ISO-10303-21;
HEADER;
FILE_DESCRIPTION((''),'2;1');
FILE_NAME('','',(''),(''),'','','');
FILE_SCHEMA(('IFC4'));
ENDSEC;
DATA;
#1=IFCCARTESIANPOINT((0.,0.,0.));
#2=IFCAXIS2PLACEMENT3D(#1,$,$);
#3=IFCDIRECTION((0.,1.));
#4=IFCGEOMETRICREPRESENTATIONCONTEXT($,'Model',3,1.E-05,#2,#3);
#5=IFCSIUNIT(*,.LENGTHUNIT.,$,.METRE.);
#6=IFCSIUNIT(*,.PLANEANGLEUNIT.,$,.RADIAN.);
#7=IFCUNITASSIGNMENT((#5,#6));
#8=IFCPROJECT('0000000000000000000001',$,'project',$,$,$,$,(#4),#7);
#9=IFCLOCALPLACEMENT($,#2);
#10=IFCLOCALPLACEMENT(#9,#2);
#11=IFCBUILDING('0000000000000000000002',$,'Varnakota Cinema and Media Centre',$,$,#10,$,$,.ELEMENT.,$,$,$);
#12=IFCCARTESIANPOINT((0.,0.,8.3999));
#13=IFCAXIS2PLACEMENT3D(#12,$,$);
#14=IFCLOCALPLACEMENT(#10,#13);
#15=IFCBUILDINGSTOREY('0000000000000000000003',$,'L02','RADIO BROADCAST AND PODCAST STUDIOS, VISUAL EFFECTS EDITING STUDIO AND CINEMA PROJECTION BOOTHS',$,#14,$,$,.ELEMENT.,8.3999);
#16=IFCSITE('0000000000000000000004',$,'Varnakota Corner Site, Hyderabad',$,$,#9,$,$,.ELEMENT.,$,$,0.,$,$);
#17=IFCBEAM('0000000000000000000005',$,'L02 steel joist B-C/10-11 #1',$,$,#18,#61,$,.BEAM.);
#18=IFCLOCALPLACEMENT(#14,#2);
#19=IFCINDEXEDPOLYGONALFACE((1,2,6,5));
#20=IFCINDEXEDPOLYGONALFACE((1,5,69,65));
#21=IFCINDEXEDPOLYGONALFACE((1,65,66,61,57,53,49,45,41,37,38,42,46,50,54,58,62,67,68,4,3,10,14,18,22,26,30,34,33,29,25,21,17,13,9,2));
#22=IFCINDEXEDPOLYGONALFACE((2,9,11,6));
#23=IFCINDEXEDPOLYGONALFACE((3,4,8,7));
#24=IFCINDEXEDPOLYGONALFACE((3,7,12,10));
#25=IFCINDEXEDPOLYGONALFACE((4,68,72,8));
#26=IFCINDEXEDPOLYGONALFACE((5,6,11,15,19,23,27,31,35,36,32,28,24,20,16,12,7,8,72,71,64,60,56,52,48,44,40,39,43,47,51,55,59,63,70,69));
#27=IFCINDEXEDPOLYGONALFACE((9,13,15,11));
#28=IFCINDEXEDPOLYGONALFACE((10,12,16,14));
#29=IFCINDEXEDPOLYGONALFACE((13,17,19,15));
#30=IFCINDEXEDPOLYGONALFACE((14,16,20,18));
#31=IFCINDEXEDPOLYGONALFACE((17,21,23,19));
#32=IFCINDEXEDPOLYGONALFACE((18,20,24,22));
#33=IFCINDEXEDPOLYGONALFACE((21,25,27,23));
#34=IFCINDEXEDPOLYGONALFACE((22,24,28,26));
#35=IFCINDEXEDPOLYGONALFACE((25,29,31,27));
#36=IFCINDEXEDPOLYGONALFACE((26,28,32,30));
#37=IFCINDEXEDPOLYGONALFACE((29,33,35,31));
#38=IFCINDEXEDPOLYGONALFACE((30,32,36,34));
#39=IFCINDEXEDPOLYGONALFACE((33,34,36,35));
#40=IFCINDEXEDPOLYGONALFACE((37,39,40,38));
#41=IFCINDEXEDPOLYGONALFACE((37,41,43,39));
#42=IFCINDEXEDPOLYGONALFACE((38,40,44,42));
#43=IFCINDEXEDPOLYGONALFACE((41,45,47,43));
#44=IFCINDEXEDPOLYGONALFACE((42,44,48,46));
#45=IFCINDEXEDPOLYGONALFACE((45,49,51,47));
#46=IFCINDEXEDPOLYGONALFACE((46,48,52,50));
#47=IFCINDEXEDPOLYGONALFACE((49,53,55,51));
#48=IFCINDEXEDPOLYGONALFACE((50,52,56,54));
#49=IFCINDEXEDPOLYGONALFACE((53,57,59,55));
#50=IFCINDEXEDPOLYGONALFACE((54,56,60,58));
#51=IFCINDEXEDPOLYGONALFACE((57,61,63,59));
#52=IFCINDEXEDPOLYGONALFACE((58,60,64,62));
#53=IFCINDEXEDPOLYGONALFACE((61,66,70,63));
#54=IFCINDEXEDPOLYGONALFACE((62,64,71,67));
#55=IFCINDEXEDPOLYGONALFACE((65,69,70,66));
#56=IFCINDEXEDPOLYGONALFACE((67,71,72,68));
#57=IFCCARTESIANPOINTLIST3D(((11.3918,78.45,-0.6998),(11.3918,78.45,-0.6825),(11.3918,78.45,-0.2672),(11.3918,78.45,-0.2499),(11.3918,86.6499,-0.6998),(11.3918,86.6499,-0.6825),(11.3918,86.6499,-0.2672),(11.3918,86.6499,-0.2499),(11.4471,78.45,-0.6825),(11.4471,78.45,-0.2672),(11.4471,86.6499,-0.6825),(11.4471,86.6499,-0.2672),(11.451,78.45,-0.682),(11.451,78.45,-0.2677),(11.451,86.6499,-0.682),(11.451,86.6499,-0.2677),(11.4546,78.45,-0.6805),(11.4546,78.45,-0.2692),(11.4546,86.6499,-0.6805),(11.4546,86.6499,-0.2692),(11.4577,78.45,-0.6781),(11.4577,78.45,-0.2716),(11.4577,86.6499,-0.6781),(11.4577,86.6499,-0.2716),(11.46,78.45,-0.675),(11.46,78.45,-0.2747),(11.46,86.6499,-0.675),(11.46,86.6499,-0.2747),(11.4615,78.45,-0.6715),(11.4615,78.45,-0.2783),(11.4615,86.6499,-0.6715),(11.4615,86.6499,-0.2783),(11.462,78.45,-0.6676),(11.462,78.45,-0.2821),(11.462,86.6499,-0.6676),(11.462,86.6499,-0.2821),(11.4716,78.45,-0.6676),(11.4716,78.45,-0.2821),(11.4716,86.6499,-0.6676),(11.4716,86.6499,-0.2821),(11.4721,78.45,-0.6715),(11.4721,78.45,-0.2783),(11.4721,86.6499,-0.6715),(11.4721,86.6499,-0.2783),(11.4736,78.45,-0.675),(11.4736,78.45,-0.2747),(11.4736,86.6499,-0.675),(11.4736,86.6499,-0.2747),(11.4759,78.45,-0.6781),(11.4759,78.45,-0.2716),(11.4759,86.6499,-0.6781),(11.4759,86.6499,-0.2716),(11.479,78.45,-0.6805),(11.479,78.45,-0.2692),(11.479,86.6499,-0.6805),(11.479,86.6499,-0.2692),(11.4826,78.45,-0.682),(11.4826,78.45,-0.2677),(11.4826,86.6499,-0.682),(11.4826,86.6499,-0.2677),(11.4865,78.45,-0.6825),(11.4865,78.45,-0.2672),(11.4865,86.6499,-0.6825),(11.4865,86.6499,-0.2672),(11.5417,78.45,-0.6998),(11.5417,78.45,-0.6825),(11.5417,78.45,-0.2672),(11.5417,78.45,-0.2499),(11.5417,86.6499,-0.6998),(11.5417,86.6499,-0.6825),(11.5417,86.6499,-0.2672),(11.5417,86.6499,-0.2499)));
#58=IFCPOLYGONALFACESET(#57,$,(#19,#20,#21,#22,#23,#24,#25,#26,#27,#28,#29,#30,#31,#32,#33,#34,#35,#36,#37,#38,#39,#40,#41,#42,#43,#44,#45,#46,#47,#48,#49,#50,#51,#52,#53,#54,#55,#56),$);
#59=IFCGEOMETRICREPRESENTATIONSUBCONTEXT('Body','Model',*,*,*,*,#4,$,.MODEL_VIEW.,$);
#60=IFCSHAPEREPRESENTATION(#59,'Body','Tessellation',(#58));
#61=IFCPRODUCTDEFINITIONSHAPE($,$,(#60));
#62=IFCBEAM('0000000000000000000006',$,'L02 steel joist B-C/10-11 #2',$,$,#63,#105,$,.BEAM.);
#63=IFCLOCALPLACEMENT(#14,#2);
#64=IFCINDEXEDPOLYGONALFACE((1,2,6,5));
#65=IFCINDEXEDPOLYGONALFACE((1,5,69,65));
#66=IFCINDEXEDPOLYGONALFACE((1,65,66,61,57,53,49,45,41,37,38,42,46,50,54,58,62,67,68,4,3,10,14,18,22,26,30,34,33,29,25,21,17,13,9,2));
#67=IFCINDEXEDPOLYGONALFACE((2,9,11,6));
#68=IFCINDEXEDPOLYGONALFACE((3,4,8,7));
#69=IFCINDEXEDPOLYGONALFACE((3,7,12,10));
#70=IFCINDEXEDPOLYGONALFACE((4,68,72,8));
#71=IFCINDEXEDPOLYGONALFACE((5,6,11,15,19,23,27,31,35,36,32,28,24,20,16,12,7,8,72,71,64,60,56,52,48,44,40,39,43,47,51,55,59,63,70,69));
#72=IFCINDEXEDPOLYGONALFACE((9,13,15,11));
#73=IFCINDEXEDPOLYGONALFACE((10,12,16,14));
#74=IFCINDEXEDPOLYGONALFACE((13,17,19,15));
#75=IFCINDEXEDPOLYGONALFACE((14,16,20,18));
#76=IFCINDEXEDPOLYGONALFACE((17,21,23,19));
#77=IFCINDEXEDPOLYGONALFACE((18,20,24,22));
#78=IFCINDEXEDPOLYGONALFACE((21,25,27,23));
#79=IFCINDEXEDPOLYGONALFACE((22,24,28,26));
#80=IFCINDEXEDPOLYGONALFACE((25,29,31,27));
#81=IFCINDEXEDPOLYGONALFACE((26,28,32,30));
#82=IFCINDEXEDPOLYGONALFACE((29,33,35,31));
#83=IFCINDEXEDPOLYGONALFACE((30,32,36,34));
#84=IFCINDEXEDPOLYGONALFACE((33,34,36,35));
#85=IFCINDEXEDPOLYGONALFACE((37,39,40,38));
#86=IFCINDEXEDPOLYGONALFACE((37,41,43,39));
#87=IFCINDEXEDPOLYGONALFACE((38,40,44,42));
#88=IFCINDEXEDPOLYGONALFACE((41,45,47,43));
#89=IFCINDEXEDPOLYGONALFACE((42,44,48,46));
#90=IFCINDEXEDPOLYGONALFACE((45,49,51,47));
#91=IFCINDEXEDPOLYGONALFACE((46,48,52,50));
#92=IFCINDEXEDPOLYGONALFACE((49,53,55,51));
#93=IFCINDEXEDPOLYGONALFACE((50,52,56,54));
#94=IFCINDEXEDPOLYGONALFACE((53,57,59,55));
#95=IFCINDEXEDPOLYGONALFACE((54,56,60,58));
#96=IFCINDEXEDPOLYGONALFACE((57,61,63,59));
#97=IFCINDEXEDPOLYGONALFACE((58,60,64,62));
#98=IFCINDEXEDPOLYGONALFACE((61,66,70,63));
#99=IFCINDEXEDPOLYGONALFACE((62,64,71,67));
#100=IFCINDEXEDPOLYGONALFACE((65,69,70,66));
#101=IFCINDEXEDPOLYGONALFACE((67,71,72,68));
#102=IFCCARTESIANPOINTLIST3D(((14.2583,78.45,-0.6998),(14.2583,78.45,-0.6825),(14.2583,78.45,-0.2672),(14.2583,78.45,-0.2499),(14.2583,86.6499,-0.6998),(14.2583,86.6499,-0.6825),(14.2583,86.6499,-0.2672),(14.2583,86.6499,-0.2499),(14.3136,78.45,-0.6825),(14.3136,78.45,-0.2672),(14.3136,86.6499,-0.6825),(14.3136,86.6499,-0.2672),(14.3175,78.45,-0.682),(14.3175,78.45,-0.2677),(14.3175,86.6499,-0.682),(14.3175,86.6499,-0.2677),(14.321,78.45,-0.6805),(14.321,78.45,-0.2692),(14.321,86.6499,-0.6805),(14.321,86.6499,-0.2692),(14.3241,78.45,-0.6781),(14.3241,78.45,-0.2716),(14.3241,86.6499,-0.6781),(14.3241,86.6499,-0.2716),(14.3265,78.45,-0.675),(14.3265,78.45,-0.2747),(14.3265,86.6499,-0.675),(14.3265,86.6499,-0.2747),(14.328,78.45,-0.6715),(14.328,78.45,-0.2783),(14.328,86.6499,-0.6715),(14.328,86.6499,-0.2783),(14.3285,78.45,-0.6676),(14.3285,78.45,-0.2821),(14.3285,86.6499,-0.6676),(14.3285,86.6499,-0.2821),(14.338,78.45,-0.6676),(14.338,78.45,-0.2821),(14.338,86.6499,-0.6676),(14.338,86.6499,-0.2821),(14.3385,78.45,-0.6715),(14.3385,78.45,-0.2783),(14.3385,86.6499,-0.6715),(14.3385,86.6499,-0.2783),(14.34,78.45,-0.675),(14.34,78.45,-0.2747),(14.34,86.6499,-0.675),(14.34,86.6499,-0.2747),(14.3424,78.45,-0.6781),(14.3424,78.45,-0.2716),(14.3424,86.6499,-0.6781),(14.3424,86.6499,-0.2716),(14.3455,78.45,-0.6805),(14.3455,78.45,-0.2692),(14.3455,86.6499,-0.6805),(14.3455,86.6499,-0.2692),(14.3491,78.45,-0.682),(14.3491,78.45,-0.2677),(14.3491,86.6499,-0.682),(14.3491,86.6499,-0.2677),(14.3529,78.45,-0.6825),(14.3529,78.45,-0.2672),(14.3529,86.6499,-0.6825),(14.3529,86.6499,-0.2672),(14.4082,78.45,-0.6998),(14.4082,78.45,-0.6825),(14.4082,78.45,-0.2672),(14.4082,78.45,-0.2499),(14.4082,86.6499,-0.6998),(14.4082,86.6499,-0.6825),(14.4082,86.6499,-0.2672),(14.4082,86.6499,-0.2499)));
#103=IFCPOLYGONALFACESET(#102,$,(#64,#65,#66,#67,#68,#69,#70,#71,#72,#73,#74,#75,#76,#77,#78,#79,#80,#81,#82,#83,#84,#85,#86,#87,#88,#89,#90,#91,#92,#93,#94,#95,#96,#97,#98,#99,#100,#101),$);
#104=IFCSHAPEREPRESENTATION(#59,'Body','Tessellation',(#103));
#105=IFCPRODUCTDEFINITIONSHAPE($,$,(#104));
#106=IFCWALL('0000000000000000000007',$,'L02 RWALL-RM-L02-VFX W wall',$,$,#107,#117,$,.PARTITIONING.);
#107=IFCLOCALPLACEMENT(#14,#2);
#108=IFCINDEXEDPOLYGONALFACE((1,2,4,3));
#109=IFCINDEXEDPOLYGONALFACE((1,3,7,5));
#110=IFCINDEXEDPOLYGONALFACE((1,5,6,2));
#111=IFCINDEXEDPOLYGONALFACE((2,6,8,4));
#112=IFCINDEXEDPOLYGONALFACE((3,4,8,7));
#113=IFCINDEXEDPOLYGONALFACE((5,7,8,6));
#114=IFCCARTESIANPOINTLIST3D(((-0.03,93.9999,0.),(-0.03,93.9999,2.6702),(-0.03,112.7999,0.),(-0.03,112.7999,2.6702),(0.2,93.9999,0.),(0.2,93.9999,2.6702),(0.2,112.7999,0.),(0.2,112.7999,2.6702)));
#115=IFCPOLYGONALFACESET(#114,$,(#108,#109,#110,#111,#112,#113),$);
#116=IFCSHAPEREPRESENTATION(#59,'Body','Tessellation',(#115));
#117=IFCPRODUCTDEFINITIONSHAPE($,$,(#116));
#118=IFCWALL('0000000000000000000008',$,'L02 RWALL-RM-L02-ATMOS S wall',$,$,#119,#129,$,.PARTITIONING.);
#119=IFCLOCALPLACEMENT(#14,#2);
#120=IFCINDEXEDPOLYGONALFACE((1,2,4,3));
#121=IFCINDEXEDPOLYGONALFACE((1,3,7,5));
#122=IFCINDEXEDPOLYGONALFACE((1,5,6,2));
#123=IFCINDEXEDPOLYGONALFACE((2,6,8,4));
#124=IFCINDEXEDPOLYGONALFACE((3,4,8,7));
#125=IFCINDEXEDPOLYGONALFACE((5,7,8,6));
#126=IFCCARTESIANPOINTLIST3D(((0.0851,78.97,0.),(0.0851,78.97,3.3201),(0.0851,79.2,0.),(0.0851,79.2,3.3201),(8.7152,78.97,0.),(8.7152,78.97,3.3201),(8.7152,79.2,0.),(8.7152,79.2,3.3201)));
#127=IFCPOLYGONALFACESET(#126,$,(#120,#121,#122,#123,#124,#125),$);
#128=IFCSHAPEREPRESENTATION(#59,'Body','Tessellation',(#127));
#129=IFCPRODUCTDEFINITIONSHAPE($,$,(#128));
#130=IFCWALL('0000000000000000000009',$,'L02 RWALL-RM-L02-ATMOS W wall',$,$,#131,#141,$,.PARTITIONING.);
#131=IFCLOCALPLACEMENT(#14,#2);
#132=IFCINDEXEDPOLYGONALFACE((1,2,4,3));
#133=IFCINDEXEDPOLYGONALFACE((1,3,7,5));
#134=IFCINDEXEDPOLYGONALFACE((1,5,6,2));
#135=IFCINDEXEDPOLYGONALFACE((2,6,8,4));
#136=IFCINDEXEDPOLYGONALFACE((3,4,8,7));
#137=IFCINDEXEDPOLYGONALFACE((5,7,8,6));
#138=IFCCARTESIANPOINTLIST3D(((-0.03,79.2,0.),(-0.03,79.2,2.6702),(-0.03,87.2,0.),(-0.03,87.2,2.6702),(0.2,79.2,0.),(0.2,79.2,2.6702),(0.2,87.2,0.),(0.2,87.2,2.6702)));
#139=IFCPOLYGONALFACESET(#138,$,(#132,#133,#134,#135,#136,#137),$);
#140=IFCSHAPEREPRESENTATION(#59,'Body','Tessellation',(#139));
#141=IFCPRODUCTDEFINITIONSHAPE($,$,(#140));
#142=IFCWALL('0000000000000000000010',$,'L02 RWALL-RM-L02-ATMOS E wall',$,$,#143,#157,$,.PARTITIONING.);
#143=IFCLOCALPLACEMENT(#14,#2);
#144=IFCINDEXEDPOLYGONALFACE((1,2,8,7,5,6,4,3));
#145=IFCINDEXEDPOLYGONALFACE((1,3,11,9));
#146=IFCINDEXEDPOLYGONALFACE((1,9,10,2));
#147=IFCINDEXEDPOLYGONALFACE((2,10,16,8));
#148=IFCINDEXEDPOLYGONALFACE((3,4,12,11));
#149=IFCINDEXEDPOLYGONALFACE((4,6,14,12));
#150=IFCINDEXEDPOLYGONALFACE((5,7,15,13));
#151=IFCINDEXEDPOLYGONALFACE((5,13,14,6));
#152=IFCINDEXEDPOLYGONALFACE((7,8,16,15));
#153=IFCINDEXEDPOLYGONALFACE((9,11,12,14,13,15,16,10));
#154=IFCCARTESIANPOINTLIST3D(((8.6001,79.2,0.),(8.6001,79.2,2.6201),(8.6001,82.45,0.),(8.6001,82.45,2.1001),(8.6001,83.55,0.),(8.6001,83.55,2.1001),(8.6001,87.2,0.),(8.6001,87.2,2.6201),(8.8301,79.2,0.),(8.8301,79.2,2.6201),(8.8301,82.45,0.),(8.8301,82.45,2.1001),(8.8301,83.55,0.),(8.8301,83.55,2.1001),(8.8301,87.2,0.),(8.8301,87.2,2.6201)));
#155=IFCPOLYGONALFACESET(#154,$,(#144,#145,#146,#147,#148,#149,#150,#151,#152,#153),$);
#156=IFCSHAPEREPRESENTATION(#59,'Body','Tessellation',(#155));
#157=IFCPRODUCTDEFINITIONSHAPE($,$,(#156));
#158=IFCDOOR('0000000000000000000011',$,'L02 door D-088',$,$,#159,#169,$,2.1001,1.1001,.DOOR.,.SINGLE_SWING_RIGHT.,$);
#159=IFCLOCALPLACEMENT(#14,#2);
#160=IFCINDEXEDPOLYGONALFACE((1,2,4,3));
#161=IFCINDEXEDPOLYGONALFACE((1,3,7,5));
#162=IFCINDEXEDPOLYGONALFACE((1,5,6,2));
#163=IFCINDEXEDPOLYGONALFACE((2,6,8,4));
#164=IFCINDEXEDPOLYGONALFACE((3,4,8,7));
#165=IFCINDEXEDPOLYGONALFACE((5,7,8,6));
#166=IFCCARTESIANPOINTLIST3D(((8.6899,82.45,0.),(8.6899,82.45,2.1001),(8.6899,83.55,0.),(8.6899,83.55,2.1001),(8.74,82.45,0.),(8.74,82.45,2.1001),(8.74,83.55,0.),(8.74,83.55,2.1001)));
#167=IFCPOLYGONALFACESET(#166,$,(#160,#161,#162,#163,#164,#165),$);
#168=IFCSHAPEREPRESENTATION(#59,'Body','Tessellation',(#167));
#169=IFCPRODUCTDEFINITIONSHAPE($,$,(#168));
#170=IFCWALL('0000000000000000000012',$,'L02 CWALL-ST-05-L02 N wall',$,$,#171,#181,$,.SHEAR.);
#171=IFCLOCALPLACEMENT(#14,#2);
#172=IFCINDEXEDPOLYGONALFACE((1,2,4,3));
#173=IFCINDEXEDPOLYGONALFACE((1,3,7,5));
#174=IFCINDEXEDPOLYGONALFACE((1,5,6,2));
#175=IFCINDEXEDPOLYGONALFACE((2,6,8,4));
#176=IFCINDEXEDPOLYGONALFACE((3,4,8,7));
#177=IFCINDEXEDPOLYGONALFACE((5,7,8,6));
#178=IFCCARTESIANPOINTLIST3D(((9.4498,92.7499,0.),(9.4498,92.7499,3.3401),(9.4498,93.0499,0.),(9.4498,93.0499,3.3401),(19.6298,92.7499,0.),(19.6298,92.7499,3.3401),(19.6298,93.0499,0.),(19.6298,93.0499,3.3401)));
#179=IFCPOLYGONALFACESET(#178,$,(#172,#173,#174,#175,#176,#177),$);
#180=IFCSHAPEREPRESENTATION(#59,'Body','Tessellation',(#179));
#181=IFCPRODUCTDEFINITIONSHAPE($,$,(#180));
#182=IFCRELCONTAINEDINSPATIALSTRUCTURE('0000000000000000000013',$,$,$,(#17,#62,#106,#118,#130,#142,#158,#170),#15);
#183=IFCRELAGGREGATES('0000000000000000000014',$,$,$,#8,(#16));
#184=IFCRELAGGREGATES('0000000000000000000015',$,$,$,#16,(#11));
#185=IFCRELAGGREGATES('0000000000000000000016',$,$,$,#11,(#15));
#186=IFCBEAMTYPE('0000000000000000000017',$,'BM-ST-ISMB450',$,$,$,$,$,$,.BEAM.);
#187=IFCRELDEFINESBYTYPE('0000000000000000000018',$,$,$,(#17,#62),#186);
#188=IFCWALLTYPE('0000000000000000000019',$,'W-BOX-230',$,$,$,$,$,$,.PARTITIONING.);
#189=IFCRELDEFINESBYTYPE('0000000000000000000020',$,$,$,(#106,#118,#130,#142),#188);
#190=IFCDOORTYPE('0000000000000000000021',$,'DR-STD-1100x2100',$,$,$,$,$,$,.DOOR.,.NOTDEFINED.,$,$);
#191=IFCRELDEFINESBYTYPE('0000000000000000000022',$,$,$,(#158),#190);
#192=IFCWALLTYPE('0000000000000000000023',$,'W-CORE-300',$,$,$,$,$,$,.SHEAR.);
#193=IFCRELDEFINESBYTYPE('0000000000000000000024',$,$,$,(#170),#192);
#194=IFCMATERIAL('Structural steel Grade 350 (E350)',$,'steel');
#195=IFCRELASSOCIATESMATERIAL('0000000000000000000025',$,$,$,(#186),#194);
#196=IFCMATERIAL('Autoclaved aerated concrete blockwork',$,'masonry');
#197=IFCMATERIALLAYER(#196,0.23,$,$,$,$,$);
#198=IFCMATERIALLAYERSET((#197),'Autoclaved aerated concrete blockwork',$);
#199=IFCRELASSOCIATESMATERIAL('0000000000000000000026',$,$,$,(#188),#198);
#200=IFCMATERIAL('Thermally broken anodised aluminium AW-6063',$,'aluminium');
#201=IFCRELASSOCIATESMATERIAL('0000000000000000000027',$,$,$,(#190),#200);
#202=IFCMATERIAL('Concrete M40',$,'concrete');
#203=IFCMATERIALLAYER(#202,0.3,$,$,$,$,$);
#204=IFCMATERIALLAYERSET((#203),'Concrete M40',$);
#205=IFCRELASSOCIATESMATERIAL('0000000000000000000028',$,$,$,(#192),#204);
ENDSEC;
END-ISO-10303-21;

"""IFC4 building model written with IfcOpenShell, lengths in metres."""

from ifc_helpers import new_model, si_unit, direction, frame, frame_2d, origin, origin_2d, place, context, subcontext, project, spatial, rectangle, i_section, extrude, material, layer, layer_set, material_profile, profile_set, type_object, element, fill, save


model = new_model("IFC4")

# Units and contexts
model_context = context("Model", 3, precision=1e-05, world=origin(), true_north=direction((0.0, 1.0)))
body_context = subcontext(model_context, "Body", "Model", "MODEL_VIEW")
ifc_project = project(units=[si_unit("LENGTHUNIT", "METRE"), si_unit("PLANEANGLEUNIT", "RADIAN")], contexts=[model_context])

# Site, building, storey
site_placement = place(None, origin())
site = spatial("IfcSite", under=ifc_project, at=site_placement, Name="Varnakota Corner Site, Hyderabad", CompositionType="ELEMENT", RefElevation=0.0)
building_placement = place(site_placement, origin())
building = spatial("IfcBuilding", under=site, at=building_placement, Name="Varnakota Cinema and Media Centre", CompositionType="ELEMENT")
storey_placement = place(building_placement, frame((0.0, 0.0, 8.3999)))
storey = spatial("IfcBuildingStorey", under=building, at=storey_placement, Name="L02", Description="RADIO BROADCAST AND PODCAST STUDIOS, VISUAL EFFECTS EDITING STUDIO AND CINEMA PROJECTION BOOTHS", CompositionType="ELEMENT", Elevation=8.3999)

# Beams
ifc_material_1 = material(Name="Structural steel Grade 350 (E350)", Category="steel")
ifc_material_profile_1 = material_profile(ifc_material_1, i_section(OverallWidth=0.1499, OverallDepth=0.45, WebThickness=0.0095, FlangeThickness=0.0173, FilletRadius=0.0149, at=origin_2d()), Name="ISMB 450")
ifc_profile_set_1 = profile_set([ifc_material_profile_1], Name="Structural steel Grade 350 (E350)")
beam_type_1 = type_object("IfcBeamType", Name="BM-ST-ISMB450", PredefinedType="BEAM", material=ifc_profile_set_1)
for number, where, z_axis, x_axis, name in (
    (1, (11.4668, 78.45, -0.4749), (0.0, 1.0, 0.0), (-1.0, 0.0, 0.0), "L02 steel joist B-C/10-11 #1"),
    (2, (14.3333, 78.45, -0.4749), (0.0, 1.0, 0.0), (-1.0, 0.0, 0.0), "L02 steel joist B-C/10-11 #2"),
):
    element("IfcBeam", number, at=place(storey_placement, frame(where, z_axis=z_axis, x_axis=x_axis)), inside=storey, type_object=beam_type_1, Name=name, PredefinedType="BEAM", context=body_context, shape_type="SweptSolid", body=[
        extrude(i_section(OverallWidth=0.1499, OverallDepth=0.45, WebThickness=0.0095, FlangeThickness=0.0173, FilletRadius=0.0149, at=origin_2d()), origin(), (0.0, 0.0, 1.0), 8.2),
    ])

# Walls
ifc_material_2 = material(Name="Autoclaved aerated concrete blockwork", Category="masonry")
ifc_layer_1 = layer(ifc_material_2, 0.23)
ifc_layer_set_1 = layer_set([ifc_layer_1], Name="Autoclaved aerated concrete blockwork")
wall_type_1 = type_object("IfcWallType", Name="W-BOX-230", PredefinedType="PARTITIONING", material=ifc_layer_set_1)
wall_1_placement = place(storey_placement, frame((0.085, 94.0, 0.0), z_axis=(0.0, 0.0, 1.0), x_axis=(0.0, 1.0, 0.0)))
element("IfcWall", 3, at=wall_1_placement, inside=storey, type_object=wall_type_1, Name="L02 RWALL-RM-L02-VFX W wall", PredefinedType="PARTITIONING", context=body_context, shape_type="SweptSolid", body=[
    extrude(rectangle(XDim=18.8, YDim=0.23, at=frame_2d((9.3999, 0.0))), origin(), (0.0, 0.0, 1.0), 2.6702),
])
wall_2_placement = place(storey_placement, frame((8.7151, 79.085, 0.0), z_axis=(0.0, 0.0, 1.0), x_axis=(-1.0, 0.0, 0.0)))
element("IfcWall", 4, at=wall_2_placement, inside=storey, type_object=wall_type_1, Name="L02 RWALL-RM-L02-ATMOS S wall", PredefinedType="PARTITIONING", context=body_context, shape_type="SweptSolid", body=[
    extrude(rectangle(XDim=8.6301, YDim=0.23, at=frame_2d((4.3149, 0.0))), origin(), (0.0, 0.0, 1.0), 3.3201),
])
wall_3_placement = place(storey_placement, frame((0.085, 79.2, 0.0), z_axis=(0.0, 0.0, 1.0), x_axis=(0.0, 1.0, 0.0)))
element("IfcWall", 5, at=wall_3_placement, inside=storey, type_object=wall_type_1, Name="L02 RWALL-RM-L02-ATMOS W wall", PredefinedType="PARTITIONING", context=body_context, shape_type="SweptSolid", body=[
    extrude(rectangle(XDim=8.0, YDim=0.23, at=frame_2d((4.0, 0.0))), origin(), (0.0, 0.0, 1.0), 2.6702),
])

# Wall, opening, door
wall_4_placement = place(storey_placement, frame((8.7151, 87.2, 0.0), z_axis=(0.0, 0.0, 1.0), x_axis=(0.0, -1.0, 0.0)))
wall_4 = element("IfcWall", 6, at=wall_4_placement, inside=storey, type_object=wall_type_1, Name="L02 RWALL-RM-L02-ATMOS E wall", PredefinedType="PARTITIONING", context=body_context, shape_type="SweptSolid", body=[
    extrude(rectangle(XDim=8.0, YDim=0.23, at=frame_2d((4.0, 0.0))), origin(), (0.0, 0.0, 1.0), 2.6201),
])
opening_1_placement = place(wall_4_placement, frame((3.6499, 0.0, 0.0)))
opening_1 = element("IfcOpeningElement", 7, at=opening_1_placement, cuts=wall_4, PredefinedType="OPENING", context=body_context, shape_type="SweptSolid", body=[
    extrude(rectangle(XDim=1.1001, YDim=2.1001, at=frame_2d((0.55, 1.05))), frame((0.0, 0.115, 0.0), z_axis=(0.0, -1.0, 0.0), x_axis=(1.0, 0.0, 0.0)), (0.0, 0.0, 1.0), 0.23),
])
ifc_material_3 = material(Name="Thermally broken anodised aluminium AW-6063", Category="aluminium")
door_type_1 = type_object("IfcDoorType", Name="DR-STD-1100x2100", OperationType="NOTDEFINED", PredefinedType="DOOR", material=ifc_material_3)
door_1_placement = place(opening_1_placement, origin())
door_1 = element("IfcDoor", 8, at=door_1_placement, inside=storey, type_object=door_type_1, Name="L02 door D-088", OperationType="SINGLE_SWING_RIGHT", OverallHeight=2.1001, OverallWidth=1.1001, PredefinedType="DOOR", context=body_context, shape_type="SweptSolid", body=[
    extrude(rectangle(XDim=1.1001, YDim=2.1001, at=frame_2d((0.55, 1.05))), frame((0.0, 0.0249, 0.0), z_axis=(0.0, -1.0, 0.0), x_axis=(1.0, 0.0, 0.0)), (0.0, 0.0, 1.0), 0.05),
])
fill(opening_1, door_1)
ifc_material_4 = material(Name="Concrete M40", Category="concrete")
ifc_layer_2 = layer(ifc_material_4, 0.3)
ifc_layer_set_2 = layer_set([ifc_layer_2], Name="Concrete M40")
wall_type_2 = type_object("IfcWallType", Name="W-CORE-300", PredefinedType="SHEAR", material=ifc_layer_set_2)

# Wall
wall_5_placement = place(storey_placement, frame((9.45, 92.8999, 0.0), z_axis=(0.0, 0.0, 1.0), x_axis=(1.0, 0.0, 0.0)))
element("IfcWall", 9, at=wall_5_placement, inside=storey, type_object=wall_type_2, Name="L02 CWALL-ST-05-L02 N wall", PredefinedType="SHEAR", context=body_context, shape_type="SweptSolid", body=[
    extrude(rectangle(XDim=10.1799, YDim=0.3, at=frame_2d((5.0898, 0.0))), origin(), (0.0, 0.0, 1.0), 3.3401),
])

save(model, "model.ifc")
